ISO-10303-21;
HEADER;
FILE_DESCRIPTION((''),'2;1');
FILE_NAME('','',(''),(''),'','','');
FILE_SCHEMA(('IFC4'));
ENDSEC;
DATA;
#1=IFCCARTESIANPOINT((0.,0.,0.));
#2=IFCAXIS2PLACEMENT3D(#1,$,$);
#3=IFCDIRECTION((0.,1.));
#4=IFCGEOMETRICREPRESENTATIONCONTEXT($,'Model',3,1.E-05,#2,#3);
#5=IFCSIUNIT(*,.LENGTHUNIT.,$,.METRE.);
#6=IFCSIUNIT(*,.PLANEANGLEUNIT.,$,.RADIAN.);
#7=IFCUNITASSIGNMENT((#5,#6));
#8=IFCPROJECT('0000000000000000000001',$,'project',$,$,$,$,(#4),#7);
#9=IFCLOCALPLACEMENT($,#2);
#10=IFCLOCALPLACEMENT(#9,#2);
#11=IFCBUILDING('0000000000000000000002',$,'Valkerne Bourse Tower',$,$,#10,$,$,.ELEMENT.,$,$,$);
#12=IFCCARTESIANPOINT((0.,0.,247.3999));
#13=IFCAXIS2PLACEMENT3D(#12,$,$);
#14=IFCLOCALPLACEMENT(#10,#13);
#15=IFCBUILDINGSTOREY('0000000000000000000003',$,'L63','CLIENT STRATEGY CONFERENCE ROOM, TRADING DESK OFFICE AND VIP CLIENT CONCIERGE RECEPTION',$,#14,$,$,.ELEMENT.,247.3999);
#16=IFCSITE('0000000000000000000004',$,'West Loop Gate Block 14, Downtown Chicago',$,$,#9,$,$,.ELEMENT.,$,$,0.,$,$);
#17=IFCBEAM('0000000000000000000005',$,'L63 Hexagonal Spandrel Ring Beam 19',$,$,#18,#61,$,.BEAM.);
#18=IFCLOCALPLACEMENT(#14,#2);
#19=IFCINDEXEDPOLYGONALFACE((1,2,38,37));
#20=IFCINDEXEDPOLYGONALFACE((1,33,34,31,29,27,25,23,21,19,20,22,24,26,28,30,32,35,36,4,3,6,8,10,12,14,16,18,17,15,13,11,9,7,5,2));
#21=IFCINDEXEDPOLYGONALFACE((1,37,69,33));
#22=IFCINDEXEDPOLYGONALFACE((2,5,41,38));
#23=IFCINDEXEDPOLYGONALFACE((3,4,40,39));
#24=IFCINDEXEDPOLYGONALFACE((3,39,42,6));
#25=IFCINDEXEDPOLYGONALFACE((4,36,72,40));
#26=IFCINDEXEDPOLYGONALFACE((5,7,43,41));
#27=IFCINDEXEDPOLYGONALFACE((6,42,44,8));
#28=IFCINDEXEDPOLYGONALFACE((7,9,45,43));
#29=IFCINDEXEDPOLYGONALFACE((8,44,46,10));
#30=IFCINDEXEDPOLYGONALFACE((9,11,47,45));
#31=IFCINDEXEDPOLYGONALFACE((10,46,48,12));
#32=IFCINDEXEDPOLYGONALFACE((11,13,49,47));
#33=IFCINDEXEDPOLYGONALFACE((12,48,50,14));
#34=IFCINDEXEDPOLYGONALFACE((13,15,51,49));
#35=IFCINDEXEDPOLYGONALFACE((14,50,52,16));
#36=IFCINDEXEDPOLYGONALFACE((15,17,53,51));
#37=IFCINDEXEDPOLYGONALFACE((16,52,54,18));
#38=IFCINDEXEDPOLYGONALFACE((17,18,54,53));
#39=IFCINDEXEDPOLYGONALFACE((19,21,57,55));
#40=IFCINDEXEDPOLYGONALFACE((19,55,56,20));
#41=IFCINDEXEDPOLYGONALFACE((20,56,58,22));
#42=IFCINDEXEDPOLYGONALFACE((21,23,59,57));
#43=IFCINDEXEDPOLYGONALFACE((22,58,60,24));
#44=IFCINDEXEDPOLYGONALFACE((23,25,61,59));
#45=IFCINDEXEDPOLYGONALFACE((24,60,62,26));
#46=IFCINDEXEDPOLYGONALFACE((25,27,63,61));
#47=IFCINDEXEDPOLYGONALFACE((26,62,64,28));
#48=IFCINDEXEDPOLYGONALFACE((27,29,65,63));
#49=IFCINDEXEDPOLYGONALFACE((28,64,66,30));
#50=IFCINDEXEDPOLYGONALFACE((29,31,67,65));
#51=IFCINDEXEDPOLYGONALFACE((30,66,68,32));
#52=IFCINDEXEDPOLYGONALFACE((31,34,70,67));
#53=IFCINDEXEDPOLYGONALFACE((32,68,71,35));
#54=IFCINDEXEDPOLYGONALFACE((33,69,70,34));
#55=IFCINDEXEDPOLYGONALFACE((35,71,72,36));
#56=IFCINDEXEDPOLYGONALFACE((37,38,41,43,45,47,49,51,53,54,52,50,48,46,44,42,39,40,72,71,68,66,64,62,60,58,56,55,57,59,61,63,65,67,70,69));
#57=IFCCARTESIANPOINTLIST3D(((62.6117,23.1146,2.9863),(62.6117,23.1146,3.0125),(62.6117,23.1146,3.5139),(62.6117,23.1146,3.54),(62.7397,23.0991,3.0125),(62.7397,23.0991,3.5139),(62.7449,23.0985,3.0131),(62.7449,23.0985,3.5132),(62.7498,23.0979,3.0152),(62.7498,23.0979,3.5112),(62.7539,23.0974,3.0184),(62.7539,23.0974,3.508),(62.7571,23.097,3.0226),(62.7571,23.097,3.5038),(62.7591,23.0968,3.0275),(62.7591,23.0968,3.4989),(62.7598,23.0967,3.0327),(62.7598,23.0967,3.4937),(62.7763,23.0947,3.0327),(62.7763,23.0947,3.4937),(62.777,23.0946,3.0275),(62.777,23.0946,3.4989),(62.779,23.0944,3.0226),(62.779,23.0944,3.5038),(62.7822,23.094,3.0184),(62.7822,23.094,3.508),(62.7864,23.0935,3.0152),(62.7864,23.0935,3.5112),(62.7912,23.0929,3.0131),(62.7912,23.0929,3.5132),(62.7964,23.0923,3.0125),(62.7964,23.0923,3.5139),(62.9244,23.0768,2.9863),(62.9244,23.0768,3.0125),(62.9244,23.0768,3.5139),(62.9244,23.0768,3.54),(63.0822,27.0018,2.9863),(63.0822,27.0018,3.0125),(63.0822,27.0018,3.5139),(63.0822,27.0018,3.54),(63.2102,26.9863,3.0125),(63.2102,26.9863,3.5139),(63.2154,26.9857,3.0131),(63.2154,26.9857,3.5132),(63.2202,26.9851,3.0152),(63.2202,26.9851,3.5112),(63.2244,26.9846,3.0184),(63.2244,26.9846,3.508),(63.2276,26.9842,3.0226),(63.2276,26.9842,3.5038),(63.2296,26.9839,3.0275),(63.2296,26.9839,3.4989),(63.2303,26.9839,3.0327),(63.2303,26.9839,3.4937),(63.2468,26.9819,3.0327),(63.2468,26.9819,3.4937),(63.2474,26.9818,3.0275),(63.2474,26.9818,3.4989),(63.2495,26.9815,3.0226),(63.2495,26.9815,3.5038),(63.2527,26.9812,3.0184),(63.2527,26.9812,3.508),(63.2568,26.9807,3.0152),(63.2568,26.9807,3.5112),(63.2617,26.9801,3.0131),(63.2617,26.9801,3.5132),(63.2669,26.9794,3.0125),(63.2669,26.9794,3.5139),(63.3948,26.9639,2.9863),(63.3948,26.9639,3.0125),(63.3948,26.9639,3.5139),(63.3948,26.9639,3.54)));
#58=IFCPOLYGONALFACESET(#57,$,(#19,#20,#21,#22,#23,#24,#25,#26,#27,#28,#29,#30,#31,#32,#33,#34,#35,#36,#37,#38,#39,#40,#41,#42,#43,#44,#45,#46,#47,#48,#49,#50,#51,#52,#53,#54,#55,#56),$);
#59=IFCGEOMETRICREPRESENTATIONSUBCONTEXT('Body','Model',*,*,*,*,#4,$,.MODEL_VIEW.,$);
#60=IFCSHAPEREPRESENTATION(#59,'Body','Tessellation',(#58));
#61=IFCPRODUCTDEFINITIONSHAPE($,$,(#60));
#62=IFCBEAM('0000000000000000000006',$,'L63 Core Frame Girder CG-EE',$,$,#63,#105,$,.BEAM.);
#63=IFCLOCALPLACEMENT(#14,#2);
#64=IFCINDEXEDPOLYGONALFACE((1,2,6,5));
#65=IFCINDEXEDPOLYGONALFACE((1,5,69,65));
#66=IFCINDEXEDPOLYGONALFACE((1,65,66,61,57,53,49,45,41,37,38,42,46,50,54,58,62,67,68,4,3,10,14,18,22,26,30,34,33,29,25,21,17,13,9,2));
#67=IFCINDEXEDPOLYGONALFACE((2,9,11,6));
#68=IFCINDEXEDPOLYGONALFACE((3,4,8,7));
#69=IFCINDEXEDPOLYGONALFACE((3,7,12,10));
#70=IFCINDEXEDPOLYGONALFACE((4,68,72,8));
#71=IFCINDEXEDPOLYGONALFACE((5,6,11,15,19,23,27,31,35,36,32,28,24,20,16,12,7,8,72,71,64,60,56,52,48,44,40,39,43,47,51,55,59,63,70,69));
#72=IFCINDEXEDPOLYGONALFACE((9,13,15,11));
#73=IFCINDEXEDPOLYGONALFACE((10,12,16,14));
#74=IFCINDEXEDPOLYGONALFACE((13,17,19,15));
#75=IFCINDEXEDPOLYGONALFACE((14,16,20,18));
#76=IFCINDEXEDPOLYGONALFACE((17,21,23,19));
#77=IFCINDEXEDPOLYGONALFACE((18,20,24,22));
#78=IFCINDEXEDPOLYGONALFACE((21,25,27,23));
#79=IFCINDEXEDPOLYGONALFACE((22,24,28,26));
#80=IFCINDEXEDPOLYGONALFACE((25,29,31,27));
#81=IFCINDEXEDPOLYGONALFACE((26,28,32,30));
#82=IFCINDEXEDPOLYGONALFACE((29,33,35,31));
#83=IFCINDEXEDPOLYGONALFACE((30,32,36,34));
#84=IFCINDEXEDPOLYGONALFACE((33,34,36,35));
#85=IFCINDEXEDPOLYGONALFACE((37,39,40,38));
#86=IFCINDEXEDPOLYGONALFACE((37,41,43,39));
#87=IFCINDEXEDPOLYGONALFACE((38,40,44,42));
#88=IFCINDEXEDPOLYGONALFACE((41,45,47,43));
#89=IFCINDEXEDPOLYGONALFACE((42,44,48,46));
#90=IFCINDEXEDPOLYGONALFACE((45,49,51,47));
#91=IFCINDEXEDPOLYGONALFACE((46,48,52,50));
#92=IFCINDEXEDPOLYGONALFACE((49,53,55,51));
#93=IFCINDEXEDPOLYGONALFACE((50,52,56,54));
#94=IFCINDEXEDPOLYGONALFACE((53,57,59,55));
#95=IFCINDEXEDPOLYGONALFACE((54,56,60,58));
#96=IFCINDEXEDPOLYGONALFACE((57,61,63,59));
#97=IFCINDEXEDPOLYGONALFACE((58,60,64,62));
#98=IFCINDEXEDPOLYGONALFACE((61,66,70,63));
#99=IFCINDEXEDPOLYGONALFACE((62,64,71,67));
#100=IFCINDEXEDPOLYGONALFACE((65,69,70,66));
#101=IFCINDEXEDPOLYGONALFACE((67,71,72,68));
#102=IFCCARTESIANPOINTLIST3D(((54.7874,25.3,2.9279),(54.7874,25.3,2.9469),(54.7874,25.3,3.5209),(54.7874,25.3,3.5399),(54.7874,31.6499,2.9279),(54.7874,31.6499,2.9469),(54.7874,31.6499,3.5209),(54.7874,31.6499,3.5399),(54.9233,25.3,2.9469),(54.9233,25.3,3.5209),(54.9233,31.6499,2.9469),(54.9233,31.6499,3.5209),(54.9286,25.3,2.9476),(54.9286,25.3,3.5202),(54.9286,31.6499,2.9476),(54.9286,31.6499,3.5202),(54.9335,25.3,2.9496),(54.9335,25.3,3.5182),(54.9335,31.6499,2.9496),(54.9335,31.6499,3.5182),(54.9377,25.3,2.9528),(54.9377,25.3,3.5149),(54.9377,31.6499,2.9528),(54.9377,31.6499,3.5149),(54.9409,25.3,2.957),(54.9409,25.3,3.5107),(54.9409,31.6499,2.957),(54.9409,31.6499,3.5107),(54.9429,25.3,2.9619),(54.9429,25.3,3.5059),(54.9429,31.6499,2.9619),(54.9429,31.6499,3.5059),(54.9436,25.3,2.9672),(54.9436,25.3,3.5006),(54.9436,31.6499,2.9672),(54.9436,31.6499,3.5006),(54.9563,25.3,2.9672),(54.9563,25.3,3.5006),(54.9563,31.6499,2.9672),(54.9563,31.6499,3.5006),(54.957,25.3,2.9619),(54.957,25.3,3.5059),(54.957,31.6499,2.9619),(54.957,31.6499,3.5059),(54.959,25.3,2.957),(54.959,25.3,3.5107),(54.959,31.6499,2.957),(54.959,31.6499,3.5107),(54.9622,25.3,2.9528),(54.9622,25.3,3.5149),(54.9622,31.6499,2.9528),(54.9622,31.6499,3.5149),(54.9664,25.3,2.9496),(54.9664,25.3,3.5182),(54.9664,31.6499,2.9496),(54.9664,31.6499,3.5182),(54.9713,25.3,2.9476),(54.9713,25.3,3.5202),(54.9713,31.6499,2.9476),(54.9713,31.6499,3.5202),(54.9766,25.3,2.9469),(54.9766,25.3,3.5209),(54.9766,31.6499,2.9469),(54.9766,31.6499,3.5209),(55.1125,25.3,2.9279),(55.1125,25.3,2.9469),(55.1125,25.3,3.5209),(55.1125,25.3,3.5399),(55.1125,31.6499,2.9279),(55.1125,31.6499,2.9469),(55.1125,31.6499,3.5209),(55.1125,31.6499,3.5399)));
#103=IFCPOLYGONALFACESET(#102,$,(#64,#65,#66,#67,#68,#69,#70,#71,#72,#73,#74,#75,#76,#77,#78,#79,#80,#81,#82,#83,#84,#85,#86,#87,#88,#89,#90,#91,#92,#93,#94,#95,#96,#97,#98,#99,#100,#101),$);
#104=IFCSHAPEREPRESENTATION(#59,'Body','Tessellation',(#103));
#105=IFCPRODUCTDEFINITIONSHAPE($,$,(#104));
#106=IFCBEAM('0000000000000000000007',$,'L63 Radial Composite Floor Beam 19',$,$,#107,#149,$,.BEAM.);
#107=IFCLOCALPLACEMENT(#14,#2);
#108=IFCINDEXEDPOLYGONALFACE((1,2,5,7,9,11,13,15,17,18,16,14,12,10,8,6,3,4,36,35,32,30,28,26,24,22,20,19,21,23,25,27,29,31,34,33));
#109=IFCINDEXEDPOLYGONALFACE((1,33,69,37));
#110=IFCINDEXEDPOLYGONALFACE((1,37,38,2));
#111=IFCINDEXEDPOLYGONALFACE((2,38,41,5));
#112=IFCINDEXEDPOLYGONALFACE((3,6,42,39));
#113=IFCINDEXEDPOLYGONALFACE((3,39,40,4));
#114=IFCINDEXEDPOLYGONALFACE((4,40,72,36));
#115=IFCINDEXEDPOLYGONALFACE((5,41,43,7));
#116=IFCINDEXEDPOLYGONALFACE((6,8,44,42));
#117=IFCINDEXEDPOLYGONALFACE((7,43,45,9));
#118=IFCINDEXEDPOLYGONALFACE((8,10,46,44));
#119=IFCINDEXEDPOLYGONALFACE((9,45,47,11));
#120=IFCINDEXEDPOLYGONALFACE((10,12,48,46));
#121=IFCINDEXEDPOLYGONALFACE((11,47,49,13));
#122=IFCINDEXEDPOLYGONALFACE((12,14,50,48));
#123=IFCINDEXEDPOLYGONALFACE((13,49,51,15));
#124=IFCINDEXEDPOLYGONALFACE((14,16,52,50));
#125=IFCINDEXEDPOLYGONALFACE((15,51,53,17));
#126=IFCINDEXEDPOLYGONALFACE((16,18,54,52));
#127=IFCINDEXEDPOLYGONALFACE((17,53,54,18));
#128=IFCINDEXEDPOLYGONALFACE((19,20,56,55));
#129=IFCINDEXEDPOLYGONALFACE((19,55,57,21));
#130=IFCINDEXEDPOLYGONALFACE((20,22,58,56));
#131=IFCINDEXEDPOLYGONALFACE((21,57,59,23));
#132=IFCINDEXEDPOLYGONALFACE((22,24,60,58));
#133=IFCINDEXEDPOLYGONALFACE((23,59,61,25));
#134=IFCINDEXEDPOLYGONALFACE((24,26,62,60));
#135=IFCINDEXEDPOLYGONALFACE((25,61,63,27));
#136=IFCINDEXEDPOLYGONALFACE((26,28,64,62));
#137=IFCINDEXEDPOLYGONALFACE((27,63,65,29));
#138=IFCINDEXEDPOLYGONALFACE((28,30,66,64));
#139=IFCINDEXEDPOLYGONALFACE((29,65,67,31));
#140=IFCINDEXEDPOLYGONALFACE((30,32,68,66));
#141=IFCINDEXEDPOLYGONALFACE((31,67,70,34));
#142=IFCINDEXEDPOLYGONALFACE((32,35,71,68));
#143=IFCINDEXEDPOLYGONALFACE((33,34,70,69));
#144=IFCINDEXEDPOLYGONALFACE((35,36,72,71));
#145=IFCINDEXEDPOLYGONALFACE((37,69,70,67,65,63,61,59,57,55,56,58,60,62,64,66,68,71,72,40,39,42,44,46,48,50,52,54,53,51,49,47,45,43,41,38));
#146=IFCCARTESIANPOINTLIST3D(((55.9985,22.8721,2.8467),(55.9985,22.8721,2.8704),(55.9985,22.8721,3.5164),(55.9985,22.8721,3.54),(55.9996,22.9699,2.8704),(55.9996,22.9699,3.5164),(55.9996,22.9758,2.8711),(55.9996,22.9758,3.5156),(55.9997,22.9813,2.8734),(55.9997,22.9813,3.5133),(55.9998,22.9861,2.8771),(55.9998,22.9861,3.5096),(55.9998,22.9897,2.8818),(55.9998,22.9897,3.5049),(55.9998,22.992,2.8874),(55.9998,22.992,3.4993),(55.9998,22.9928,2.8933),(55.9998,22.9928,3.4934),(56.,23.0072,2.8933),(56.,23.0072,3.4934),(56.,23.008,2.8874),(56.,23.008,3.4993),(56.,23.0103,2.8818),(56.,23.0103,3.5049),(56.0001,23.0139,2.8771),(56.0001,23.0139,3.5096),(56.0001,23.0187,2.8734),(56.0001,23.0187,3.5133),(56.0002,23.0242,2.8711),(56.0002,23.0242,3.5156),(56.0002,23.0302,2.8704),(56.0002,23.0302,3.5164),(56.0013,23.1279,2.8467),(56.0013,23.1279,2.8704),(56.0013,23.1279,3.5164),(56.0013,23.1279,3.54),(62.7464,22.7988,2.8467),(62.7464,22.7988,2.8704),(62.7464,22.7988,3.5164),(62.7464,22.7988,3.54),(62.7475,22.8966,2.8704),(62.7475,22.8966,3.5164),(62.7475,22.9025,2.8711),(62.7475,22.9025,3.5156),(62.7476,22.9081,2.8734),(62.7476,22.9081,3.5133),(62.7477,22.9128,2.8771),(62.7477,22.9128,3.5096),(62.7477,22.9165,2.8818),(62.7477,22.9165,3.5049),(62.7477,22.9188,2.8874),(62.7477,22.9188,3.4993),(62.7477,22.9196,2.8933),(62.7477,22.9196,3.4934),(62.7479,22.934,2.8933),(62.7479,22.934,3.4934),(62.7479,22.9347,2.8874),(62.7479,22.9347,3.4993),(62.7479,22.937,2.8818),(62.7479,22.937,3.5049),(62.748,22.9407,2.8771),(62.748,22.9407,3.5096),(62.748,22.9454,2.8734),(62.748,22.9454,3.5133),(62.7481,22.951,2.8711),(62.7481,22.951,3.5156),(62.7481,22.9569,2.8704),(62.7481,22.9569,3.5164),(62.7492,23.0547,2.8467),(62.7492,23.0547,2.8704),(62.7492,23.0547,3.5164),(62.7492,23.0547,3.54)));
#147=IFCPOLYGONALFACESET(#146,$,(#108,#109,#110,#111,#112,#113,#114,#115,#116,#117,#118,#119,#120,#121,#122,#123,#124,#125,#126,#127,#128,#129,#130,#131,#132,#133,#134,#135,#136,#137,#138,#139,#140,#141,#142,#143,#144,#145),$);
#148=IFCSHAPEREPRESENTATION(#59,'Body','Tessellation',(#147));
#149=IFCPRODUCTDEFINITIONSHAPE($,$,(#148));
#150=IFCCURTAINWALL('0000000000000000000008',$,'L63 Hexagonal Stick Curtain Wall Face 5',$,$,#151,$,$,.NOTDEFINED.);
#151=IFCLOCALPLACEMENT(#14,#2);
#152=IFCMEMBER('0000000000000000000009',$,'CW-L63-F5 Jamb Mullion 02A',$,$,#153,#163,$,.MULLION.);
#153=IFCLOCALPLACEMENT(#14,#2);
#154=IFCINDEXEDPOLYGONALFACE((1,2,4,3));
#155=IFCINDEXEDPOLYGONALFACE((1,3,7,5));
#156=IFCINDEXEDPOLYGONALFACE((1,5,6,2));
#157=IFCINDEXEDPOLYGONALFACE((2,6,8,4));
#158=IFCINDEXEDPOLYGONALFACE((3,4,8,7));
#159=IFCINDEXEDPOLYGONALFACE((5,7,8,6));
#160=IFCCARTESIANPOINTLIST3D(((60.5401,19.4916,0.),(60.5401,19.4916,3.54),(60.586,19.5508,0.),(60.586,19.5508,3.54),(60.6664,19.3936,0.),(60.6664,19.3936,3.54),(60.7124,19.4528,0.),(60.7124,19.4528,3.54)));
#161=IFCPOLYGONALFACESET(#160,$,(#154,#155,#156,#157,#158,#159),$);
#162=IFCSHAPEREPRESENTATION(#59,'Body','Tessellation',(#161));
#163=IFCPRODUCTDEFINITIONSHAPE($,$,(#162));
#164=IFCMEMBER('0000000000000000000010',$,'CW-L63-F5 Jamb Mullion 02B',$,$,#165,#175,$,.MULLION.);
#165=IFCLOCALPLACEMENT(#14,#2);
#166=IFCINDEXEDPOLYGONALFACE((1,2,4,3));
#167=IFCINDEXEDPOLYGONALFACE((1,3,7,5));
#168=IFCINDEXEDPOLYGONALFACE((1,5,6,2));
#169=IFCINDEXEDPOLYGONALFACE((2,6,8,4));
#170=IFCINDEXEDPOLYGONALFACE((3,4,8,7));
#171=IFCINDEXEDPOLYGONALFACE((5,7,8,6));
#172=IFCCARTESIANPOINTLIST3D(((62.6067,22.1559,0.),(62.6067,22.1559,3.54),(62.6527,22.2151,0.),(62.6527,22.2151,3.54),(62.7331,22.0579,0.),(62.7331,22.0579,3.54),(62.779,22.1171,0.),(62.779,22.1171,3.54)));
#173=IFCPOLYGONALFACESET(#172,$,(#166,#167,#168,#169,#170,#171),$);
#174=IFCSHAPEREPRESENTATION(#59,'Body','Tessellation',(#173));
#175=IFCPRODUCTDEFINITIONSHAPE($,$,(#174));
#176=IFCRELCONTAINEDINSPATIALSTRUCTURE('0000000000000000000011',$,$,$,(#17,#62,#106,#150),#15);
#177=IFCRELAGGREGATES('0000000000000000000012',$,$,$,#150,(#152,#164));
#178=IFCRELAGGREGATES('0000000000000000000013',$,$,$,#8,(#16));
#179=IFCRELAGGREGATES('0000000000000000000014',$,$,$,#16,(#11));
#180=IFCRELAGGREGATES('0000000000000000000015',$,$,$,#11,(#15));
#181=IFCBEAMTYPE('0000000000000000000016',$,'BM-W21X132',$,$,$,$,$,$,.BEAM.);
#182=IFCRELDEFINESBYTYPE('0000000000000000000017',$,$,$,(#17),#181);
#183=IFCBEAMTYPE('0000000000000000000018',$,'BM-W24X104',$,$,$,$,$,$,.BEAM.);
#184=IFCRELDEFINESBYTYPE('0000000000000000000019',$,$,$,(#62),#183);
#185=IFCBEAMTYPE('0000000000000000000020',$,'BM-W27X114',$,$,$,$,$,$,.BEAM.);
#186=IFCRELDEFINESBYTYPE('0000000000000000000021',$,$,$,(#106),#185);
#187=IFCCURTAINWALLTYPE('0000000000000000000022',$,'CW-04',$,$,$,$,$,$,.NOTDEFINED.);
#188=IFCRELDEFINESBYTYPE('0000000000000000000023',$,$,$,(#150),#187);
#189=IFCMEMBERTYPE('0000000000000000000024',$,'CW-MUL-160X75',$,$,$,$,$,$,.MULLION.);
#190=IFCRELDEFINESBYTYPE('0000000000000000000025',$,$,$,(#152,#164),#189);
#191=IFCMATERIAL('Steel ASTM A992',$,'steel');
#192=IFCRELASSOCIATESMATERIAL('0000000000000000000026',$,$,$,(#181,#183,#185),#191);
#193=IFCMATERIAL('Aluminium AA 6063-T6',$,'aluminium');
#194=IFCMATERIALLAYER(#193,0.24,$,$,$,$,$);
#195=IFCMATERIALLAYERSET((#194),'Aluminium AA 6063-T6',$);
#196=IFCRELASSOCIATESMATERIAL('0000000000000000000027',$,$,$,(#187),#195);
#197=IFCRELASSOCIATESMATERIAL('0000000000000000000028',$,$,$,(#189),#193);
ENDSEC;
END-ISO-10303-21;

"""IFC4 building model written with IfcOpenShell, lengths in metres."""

from ifc_helpers import new_model, si_unit, direction, frame, origin, origin_2d, place, context, subcontext, project, spatial, rectangle, i_section, extrude, material, layer, layer_set, material_profile, profile_set, type_object, element, aggregate, save


model = new_model("IFC4")

# Units and contexts
model_context = context("Model", 3, precision=1e-05, world=origin(), true_north=direction((0.0, 1.0)))
body_context = subcontext(model_context, "Body", "Model", "MODEL_VIEW")
ifc_project = project(units=[si_unit("LENGTHUNIT", "METRE"), si_unit("PLANEANGLEUNIT", "RADIAN")], contexts=[model_context])

# Site, building, storey
site_placement = place(None, origin())
site = spatial("IfcSite", under=ifc_project, at=site_placement, Name="West Loop Gate Block 14, Downtown Chicago", CompositionType="ELEMENT", RefElevation=0.0)
building_placement = place(site_placement, origin())
building = spatial("IfcBuilding", under=site, at=building_placement, Name="Valkerne Bourse Tower", CompositionType="ELEMENT")
storey_placement = place(building_placement, frame((0.0, 0.0, 247.3999)))
storey = spatial("IfcBuildingStorey", under=building, at=storey_placement, Name="L63", Description="CLIENT STRATEGY CONFERENCE ROOM, TRADING DESK OFFICE AND VIP CLIENT CONCIERGE RECEPTION", CompositionType="ELEMENT", Elevation=247.3999)

# Beams
ifc_material_1 = material(Name="Steel ASTM A992", Category="steel")
ifc_material_profile_1 = material_profile(ifc_material_1, i_section(OverallWidth=0.3149, OverallDepth=0.5537, WebThickness=0.0166, FlangeThickness=0.0261, FilletRadius=0.0203, at=origin_2d()), Name="W21X132")
ifc_profile_set_1 = profile_set([ifc_material_profile_1], Name="Steel ASTM A992")
beam_type_1 = type_object("IfcBeamType", Name="BM-W21X132", PredefinedType="BEAM", material=ifc_profile_set_1)
beam_1_placement = place(storey_placement, frame((62.7681, 23.0957, 3.2632), z_axis=(0.120151, 0.992756, 0.0), x_axis=(-0.992756, 0.120151, 0.0)))
element("IfcBeam", 1, at=beam_1_placement, inside=storey, type_object=beam_type_1, Name="L63 Hexagonal Spandrel Ring Beam 19", PredefinedType="BEAM", context=body_context, shape_type="SweptSolid", body=[
    extrude(i_section(OverallWidth=0.3149, OverallDepth=0.5537, WebThickness=0.0166, FlangeThickness=0.0261, FilletRadius=0.0203, at=origin_2d()), origin(), (0.0, 0.0, 1.0), 3.9155),
])
ifc_material_profile_2 = material_profile(ifc_material_1, i_section(OverallWidth=0.3252, OverallDepth=0.6121, WebThickness=0.0127, FlangeThickness=0.019, FilletRadius=0.0203, at=origin_2d()), Name="W24X104")
ifc_profile_set_2 = profile_set([ifc_material_profile_2], Name="Steel ASTM A992")
beam_type_2 = type_object("IfcBeamType", Name="BM-W24X104", PredefinedType="BEAM", material=ifc_profile_set_2)
beam_2_placement = place(storey_placement, frame((54.95, 25.3, 3.2339), z_axis=(0.0, 1.0, 0.0), x_axis=(-1.0, 0.0, 0.0)))
element("IfcBeam", 2, at=beam_2_placement, inside=storey, type_object=beam_type_2, Name="L63 Core Frame Girder CG-EE", PredefinedType="BEAM", context=body_context, shape_type="SweptSolid", body=[
    extrude(i_section(OverallWidth=0.3252, OverallDepth=0.6121, WebThickness=0.0127, FlangeThickness=0.019, FilletRadius=0.0203, at=origin_2d()), origin(), (0.0, 0.0, 1.0), 6.3499),
])
ifc_material_profile_3 = material_profile(ifc_material_1, i_section(OverallWidth=0.2559, OverallDepth=0.6934, WebThickness=0.0144, FlangeThickness=0.0237, FilletRadius=0.0229, at=origin_2d()), Name="W27X114")
ifc_profile_set_3 = profile_set([ifc_material_profile_3], Name="Steel ASTM A992")
beam_type_3 = type_object("IfcBeamType", Name="BM-W27X114", PredefinedType="BEAM", material=ifc_profile_set_3)
beam_3_placement = place(storey_placement, frame((62.7478, 22.9268, 3.1934), z_axis=(-0.999941, 0.010854, 0.0), x_axis=(-0.010854, -0.999941, 0.0)))
element("IfcBeam", 3, at=beam_3_placement, inside=storey, type_object=beam_type_3, Name="L63 Radial Composite Floor Beam 19", PredefinedType="BEAM", context=body_context, shape_type="SweptSolid", body=[
    extrude(i_section(OverallWidth=0.2559, OverallDepth=0.6934, WebThickness=0.0144, FlangeThickness=0.0237, FilletRadius=0.0229, at=origin_2d()), origin(), (0.0, 0.0, 1.0), 6.7483),
])

# Curtain wall, members
ifc_material_2 = material(Name="Aluminium AA 6063-T6", Category="aluminium")
ifc_layer_1 = layer(ifc_material_2, 0.24)
ifc_layer_set_1 = layer_set([ifc_layer_1], Name="Aluminium AA 6063-T6")
curtain_wall_type = type_object("IfcCurtainWallType", Name="CW-04", PredefinedType="NOTDEFINED", material=ifc_layer_set_1)
curtain_wall_placement = place(storey_placement, origin())
curtain_wall = element("IfcCurtainWall", 4, at=curtain_wall_placement, inside=storey, type_object=curtain_wall_type, Name="L63 Hexagonal Stick Curtain Wall Face 5", PredefinedType="NOTDEFINED")
ifc_material_profile_4 = material_profile(ifc_material_2, rectangle(XDim=0.075, YDim=0.1599, at=origin_2d()), Name="CWM-75X160")
ifc_profile_set_4 = profile_set([ifc_material_profile_4], Name="Aluminium AA 6063-T6")
member_type_1 = type_object("IfcMemberType", Name="CW-MUL-160X75", PredefinedType="MULLION", material=ifc_profile_set_4)
member_1_placement = place(storey_placement, frame((60.6262, 19.4722, 0.0), z_axis=(0.0, 0.0, 1.0), x_axis=(0.612905, 0.790157, 0.0)))
member_1 = element("IfcMember", 5, at=member_1_placement, type_object=member_type_1, Name="CW-L63-F5 Jamb Mullion 02A", PredefinedType="MULLION", context=body_context, shape_type="SweptSolid", body=[
    extrude(rectangle(XDim=0.075, YDim=0.1599, at=origin_2d()), origin(), (0.0, 0.0, 1.0), 3.54),
])
member_2_placement = place(storey_placement, frame((62.6929, 22.1365, 0.0), z_axis=(0.0, 0.0, 1.0), x_axis=(0.612905, 0.790157, 0.0)))
member_2 = element("IfcMember", 6, at=member_2_placement, type_object=member_type_1, Name="CW-L63-F5 Jamb Mullion 02B", PredefinedType="MULLION", context=body_context, shape_type="SweptSolid", body=[
    extrude(rectangle(XDim=0.075, YDim=0.1599, at=origin_2d()), origin(), (0.0, 0.0, 1.0), 3.54),
])

aggregate(curtain_wall, [member_1, member_2])

save(model, "model.ifc")
